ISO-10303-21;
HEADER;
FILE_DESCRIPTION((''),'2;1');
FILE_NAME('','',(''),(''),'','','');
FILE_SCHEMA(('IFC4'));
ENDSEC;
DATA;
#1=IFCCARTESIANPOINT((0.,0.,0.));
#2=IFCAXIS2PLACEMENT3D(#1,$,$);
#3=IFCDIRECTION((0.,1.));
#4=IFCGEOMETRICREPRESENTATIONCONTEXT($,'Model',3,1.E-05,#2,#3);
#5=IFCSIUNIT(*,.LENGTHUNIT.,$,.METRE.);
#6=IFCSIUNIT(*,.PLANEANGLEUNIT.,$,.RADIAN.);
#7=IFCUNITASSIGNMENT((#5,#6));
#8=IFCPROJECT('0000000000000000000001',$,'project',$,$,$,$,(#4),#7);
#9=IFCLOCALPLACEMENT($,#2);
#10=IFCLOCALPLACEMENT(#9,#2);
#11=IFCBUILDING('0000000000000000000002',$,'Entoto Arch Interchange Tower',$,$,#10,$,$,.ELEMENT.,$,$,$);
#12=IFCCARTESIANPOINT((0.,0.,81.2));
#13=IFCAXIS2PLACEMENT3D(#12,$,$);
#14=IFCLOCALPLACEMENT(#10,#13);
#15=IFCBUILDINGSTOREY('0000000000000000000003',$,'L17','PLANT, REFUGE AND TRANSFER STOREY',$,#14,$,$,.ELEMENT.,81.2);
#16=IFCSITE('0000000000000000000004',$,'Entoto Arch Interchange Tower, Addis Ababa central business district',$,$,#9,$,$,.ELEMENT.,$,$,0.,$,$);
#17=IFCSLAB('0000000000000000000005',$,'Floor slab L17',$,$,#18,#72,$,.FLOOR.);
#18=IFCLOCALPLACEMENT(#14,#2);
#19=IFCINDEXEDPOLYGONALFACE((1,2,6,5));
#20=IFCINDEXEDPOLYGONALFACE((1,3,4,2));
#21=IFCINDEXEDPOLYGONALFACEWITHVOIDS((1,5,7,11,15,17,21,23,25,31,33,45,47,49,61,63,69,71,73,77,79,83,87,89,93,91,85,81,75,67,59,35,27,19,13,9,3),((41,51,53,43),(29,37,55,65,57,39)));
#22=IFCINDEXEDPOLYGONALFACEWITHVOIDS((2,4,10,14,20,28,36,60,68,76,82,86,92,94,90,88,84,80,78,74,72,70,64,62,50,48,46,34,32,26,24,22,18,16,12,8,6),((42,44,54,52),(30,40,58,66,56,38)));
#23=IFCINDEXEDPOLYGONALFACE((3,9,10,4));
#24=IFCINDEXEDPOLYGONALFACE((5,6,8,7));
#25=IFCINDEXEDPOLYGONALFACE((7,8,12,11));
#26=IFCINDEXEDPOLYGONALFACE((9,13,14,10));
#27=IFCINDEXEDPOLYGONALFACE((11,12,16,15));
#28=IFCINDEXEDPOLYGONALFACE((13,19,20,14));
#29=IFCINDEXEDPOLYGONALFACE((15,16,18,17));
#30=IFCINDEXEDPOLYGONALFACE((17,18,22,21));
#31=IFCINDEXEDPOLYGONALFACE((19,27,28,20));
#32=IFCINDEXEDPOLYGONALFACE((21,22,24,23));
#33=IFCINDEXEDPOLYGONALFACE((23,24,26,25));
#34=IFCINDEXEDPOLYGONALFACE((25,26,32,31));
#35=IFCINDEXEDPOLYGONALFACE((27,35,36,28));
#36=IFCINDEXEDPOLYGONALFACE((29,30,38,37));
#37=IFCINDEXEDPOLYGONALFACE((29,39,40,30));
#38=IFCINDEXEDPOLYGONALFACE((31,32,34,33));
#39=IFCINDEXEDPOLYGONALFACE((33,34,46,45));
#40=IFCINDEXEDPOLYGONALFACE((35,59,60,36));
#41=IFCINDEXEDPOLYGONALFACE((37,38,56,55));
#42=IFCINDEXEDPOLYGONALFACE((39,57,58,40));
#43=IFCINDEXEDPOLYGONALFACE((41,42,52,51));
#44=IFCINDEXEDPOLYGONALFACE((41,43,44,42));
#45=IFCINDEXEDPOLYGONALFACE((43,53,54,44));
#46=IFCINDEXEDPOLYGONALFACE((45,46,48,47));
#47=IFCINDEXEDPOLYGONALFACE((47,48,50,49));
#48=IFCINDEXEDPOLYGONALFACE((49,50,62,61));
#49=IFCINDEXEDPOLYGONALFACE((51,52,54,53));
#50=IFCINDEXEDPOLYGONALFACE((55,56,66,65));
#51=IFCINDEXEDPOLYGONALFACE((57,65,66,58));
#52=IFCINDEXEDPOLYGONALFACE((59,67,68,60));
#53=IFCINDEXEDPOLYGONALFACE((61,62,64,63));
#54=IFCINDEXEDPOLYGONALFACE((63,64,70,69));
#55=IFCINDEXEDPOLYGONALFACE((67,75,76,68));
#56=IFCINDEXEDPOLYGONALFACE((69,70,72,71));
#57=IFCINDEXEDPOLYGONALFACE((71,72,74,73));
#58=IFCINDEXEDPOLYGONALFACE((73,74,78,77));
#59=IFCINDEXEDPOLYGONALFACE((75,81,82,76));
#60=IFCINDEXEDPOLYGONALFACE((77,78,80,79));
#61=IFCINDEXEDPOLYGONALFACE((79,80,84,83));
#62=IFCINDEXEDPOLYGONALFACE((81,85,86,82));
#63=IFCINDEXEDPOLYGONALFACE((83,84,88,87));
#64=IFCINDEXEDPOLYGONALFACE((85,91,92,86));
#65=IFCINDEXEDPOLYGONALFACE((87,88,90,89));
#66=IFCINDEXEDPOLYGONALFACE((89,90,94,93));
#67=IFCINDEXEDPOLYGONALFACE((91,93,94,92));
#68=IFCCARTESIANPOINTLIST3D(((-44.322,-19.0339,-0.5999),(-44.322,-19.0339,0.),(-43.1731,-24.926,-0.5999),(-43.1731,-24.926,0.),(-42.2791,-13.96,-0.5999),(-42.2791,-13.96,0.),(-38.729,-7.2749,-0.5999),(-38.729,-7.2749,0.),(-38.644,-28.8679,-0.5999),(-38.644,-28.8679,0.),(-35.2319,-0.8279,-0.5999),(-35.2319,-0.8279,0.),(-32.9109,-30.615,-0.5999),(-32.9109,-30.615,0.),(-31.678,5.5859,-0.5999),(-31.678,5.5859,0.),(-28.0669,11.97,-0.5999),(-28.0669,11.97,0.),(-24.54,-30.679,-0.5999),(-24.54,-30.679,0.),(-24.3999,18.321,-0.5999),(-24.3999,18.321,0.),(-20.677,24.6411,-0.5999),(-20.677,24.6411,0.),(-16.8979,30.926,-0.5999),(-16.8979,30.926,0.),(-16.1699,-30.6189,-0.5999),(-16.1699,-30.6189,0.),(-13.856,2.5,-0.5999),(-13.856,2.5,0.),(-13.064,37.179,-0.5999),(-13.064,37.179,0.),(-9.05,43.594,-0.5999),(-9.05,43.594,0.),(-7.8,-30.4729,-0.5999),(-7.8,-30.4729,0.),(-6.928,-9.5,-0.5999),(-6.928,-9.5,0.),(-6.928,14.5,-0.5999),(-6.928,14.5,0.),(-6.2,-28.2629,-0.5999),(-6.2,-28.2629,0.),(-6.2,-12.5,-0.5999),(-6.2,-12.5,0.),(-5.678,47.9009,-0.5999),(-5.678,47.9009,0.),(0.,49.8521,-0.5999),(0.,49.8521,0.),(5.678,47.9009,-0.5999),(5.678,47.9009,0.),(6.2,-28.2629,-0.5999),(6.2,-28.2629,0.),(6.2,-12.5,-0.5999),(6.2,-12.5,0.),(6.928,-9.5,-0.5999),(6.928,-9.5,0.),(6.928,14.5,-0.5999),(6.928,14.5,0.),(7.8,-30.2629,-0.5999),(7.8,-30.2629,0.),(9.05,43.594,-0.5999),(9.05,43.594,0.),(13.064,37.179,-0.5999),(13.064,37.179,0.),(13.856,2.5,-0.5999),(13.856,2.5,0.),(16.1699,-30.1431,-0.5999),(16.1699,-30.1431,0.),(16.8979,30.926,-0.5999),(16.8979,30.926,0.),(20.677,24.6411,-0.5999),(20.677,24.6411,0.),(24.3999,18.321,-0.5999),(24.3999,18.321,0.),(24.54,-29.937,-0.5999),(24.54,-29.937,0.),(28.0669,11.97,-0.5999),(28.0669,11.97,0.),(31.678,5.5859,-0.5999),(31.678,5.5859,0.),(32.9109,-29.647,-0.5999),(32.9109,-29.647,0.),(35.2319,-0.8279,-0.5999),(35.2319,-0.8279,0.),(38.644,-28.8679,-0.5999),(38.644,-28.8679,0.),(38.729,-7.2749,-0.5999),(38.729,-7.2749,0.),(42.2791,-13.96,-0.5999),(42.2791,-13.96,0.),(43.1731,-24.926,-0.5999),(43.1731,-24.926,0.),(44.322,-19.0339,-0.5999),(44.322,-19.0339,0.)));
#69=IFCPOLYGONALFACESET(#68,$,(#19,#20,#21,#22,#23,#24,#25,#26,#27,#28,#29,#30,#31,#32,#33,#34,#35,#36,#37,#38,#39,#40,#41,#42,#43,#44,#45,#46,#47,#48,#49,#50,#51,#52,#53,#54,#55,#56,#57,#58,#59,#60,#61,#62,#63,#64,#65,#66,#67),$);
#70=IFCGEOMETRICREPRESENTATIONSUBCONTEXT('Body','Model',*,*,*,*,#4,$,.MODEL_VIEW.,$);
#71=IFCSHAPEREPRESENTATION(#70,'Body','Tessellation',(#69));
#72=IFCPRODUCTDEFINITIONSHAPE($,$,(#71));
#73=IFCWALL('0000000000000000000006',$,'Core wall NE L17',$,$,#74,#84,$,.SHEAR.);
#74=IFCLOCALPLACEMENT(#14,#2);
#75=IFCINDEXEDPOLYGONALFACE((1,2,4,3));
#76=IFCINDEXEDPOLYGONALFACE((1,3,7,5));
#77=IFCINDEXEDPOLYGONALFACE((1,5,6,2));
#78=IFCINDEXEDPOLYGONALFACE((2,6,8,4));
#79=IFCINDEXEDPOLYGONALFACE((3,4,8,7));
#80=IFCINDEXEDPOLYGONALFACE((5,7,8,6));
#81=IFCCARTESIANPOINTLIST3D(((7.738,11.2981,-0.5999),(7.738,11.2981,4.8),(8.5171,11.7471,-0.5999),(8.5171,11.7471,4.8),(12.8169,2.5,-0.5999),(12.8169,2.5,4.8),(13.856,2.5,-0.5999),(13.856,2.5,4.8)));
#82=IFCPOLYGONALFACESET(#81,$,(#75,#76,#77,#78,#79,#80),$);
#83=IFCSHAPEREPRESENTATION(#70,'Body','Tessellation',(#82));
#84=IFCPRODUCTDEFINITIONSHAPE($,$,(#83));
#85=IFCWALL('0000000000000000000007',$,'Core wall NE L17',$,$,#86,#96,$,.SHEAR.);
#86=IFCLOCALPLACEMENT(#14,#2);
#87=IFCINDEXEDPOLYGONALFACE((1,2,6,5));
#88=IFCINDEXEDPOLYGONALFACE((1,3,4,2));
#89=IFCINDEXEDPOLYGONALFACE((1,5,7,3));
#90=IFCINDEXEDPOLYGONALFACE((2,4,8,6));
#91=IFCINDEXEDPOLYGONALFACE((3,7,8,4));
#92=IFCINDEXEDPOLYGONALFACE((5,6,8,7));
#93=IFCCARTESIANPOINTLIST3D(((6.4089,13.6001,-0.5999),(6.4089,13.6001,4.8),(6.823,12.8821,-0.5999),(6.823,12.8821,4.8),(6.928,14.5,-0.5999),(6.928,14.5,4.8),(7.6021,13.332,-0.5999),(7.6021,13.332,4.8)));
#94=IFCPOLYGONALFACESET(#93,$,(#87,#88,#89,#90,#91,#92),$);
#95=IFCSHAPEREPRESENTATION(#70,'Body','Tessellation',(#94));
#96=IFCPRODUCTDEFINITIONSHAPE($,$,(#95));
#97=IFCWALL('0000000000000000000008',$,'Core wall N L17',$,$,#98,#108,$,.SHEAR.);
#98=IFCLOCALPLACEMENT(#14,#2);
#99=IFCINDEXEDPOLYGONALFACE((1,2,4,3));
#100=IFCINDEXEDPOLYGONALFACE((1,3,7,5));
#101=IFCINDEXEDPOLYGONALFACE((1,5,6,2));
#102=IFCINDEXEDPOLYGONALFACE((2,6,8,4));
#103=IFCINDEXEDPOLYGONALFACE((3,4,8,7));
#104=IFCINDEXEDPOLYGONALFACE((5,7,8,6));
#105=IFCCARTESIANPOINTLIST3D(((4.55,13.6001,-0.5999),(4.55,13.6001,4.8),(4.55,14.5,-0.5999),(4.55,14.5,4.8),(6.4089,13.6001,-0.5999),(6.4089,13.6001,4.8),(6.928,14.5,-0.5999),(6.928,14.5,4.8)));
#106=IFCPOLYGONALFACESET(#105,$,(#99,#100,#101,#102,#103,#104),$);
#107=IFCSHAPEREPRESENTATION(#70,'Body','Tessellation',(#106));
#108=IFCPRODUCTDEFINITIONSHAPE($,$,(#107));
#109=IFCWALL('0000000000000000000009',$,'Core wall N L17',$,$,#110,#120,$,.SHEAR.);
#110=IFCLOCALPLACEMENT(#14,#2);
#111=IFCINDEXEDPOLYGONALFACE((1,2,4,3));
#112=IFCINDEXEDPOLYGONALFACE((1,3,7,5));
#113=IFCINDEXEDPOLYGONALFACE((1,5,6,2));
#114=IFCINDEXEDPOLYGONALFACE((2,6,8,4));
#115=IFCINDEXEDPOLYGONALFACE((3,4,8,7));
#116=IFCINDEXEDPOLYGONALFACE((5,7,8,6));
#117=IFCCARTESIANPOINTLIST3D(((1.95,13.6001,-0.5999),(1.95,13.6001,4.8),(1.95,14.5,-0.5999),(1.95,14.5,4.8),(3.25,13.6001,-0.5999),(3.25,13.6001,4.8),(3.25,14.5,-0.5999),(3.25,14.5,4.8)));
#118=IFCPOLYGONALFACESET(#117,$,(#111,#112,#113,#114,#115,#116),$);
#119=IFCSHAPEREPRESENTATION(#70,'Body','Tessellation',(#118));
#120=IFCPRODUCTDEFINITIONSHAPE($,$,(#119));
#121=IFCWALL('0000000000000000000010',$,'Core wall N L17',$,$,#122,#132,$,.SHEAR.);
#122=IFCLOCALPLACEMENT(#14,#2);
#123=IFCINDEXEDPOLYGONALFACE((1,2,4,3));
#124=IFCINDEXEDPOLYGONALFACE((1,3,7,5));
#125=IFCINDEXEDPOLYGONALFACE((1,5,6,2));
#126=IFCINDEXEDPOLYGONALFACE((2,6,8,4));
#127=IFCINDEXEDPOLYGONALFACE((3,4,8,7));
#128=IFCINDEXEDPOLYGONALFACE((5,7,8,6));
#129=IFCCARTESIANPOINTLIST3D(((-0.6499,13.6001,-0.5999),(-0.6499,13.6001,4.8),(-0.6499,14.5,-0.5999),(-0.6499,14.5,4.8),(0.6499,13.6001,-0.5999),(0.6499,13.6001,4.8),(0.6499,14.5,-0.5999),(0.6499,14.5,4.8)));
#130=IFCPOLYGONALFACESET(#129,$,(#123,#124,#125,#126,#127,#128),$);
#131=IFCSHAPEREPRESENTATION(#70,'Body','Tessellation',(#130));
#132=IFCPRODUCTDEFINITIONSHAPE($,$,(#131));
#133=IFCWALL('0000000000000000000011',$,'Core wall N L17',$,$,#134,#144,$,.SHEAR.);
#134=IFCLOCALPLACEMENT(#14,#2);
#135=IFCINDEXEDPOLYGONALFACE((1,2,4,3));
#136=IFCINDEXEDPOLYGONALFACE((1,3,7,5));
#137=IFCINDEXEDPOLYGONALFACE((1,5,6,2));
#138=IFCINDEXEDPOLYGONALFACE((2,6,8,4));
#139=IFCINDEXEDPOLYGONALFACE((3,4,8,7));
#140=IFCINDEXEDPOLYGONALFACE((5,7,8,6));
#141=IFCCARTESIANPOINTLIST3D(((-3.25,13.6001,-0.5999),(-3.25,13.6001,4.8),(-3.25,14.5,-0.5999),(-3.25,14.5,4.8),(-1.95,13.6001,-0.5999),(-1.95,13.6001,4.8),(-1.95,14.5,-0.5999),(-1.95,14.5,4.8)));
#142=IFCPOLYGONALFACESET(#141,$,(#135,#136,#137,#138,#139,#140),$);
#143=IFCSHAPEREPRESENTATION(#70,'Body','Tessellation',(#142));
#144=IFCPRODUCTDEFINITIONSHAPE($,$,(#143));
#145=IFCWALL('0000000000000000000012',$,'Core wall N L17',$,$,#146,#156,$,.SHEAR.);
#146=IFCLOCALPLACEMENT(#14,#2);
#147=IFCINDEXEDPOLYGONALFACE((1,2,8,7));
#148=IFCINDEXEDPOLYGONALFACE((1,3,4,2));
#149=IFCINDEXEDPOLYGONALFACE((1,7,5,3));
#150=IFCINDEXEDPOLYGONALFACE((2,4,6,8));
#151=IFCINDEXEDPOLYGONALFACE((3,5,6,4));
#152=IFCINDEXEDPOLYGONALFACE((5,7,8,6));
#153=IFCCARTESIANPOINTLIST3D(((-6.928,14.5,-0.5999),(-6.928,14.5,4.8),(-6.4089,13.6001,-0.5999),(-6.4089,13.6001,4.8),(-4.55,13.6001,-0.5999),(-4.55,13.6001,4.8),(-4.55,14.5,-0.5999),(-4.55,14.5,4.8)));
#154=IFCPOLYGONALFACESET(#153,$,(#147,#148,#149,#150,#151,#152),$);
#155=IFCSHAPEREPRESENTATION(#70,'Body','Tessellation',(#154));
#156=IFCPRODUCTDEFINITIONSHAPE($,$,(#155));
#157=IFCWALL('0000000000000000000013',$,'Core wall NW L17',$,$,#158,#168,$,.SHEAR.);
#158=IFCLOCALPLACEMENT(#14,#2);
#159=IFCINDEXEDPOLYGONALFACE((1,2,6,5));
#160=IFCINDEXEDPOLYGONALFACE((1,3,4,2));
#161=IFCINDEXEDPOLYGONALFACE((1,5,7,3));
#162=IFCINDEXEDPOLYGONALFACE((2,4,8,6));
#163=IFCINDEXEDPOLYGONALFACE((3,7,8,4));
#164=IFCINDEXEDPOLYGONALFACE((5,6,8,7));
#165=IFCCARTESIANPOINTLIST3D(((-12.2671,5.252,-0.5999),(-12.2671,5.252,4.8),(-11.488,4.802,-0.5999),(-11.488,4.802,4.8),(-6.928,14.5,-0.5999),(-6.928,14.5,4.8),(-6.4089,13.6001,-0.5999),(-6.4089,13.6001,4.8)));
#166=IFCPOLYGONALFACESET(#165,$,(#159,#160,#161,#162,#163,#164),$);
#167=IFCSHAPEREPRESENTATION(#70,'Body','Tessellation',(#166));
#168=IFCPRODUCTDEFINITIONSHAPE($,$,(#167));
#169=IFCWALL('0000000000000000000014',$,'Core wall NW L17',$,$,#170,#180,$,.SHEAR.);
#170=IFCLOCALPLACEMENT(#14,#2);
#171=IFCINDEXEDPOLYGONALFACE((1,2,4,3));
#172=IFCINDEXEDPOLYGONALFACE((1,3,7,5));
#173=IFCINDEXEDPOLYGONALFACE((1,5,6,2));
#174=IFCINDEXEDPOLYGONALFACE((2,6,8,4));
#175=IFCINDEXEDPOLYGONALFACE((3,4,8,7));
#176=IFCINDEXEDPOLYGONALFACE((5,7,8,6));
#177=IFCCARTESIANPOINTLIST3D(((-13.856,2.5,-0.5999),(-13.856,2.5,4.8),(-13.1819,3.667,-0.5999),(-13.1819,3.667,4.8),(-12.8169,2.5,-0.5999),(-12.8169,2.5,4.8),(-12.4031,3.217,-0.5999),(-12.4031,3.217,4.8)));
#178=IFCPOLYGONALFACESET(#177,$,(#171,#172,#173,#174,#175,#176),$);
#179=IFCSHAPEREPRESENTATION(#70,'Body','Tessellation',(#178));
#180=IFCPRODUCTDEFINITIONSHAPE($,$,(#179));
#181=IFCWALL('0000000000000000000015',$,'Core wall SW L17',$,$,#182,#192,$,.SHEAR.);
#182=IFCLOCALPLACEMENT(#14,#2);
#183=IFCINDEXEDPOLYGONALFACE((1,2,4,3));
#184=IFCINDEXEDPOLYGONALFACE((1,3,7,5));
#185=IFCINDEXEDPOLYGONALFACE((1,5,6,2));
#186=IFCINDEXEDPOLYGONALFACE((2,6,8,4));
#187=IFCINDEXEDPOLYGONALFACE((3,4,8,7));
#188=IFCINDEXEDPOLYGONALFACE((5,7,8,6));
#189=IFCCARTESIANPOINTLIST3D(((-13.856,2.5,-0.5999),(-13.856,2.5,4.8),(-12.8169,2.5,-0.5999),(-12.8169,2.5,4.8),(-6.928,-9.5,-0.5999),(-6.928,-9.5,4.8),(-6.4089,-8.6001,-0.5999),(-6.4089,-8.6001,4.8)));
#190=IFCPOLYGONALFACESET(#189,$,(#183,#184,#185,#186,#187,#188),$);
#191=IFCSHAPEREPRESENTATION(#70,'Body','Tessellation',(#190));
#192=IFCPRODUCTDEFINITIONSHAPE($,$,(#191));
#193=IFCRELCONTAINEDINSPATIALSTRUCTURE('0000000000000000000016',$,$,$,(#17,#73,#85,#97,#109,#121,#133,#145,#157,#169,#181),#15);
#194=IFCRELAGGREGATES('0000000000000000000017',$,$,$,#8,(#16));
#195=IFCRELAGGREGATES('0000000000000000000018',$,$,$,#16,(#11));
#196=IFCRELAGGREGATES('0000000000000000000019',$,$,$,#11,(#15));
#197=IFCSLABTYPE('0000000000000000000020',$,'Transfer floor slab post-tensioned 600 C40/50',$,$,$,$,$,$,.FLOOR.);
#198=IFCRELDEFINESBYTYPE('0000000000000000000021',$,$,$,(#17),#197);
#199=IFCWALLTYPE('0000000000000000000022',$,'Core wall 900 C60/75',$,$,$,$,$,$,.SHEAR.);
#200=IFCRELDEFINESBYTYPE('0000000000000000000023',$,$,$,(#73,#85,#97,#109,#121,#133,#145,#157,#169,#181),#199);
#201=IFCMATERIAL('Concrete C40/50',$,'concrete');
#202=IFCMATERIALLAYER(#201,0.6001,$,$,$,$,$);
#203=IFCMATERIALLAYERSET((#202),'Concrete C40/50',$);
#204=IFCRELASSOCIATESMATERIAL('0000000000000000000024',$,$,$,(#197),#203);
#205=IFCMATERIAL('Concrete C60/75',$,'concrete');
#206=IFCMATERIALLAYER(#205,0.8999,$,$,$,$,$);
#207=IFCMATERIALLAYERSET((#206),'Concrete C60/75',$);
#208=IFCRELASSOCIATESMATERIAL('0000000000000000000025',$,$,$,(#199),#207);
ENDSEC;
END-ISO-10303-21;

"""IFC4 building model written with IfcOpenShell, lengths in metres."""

from ifc_helpers import new_model, si_unit, direction, frame, origin, place, context, subcontext, project, spatial, polyline, outline, extrude, material, layer, layer_set, type_object, element, save


model = new_model("IFC4")

# Units and contexts
model_context = context("Model", 3, precision=1e-05, world=origin(), true_north=direction((0.0, 1.0)))
body_context = subcontext(model_context, "Body", "Model", "MODEL_VIEW")
ifc_project = project(units=[si_unit("LENGTHUNIT", "METRE"), si_unit("PLANEANGLEUNIT", "RADIAN")], contexts=[model_context])

# Site, building, storey
site_placement = place(None, origin())
site = spatial("IfcSite", under=ifc_project, at=site_placement, Name="Entoto Arch Interchange Tower, Addis Ababa central business district", CompositionType="ELEMENT", RefElevation=0.0)
building_placement = place(site_placement, origin())
building = spatial("IfcBuilding", under=site, at=building_placement, Name="Entoto Arch Interchange Tower", CompositionType="ELEMENT")
storey_placement = place(building_placement, frame((0.0, 0.0, 81.2)))
storey = spatial("IfcBuildingStorey", under=building, at=storey_placement, Name="L17", Description="PLANT, REFUGE AND TRANSFER STOREY", CompositionType="ELEMENT", Elevation=81.2)

# Slab
ifc_material_1 = material(Name="Concrete C40/50", Category="concrete")
ifc_layer_1 = layer(ifc_material_1, 0.6001)
ifc_layer_set_1 = layer_set([ifc_layer_1], Name="Concrete C40/50")
slab_type = type_object("IfcSlabType", Name="Transfer floor slab post-tensioned 600 C40/50", PredefinedType="FLOOR", material=ifc_layer_set_1)
slab_placement = place(storey_placement, frame((0.0, 0.0, -0.5999)))
element("IfcSlab", 1, at=slab_placement, inside=storey, type_object=slab_type, Name="Floor slab L17", PredefinedType="FLOOR", context=body_context, shape_type="SweptSolid", body=[
    extrude(outline(polyline([(-32.9109, -30.615), (-24.54, -30.679), (-16.1699, -30.6189), (-7.8, -30.4729), (7.8, -30.2629), (16.1699, -30.1431), (24.54, -29.937), (32.9109, -29.647), (38.644, -28.8679), (43.1731, -24.926), (44.322, -19.0339), (42.2791, -13.96), (38.729, -7.2749), (35.2319, -0.8279), (31.678, 5.5859), (28.0669, 11.97), (24.3999, 18.321), (20.677, 24.6411), (16.8979, 30.926), (13.064, 37.179), (9.05, 43.594), (5.678, 47.9009), (0.0, 49.8521), (-5.678, 47.9009), (-9.05, 43.594), (-13.064, 37.179), (-16.8979, 30.926), (-20.677, 24.6411), (-24.3999, 18.321), (-28.0669, 11.97), (-31.678, 5.5859), (-35.2319, -0.8279), (-38.729, -7.2749), (-42.2791, -13.96), (-44.322, -19.0339), (-43.1731, -24.926), (-38.644, -28.8679), (-32.9109, -30.615)]), holes=[polyline([(6.2, -28.2629), (6.2, -12.5), (-6.2, -12.5), (-6.2, -28.2629), (6.2, -28.2629)]), polyline([(13.856, 2.5), (6.928, 14.5), (-6.928, 14.5), (-13.856, 2.5), (-6.928, -9.5), (6.928, -9.5), (13.856, 2.5)])]), origin(), (0.0, 0.0, 1.0), 0.5999),
])

# Walls
ifc_material_2 = material(Name="Concrete C60/75", Category="concrete")
ifc_layer_2 = layer(ifc_material_2, 0.8999)
ifc_layer_set_2 = layer_set([ifc_layer_2], Name="Concrete C60/75")
wall_type = type_object("IfcWallType", Name="Core wall 900 C60/75", PredefinedType="SHEAR", material=ifc_layer_set_2)
wall_1_placement = place(storey_placement, frame((0.0, 0.0, -0.5999)))
element("IfcWall", 2, at=wall_1_placement, inside=storey, type_object=wall_type, Name="Core wall NE L17", PredefinedType="SHEAR", context=body_context, shape_type="SweptSolid", body=[
    extrude(outline(polyline([(8.5171, 11.7471), (7.738, 11.2981), (12.8169, 2.5), (13.856, 2.5), (8.5171, 11.7471)])), origin(), (0.0, 0.0, 1.0), 5.3999),
])
wall_2_placement = place(storey_placement, frame((0.0, 0.0, -0.5999)))
element("IfcWall", 3, at=wall_2_placement, inside=storey, type_object=wall_type, Name="Core wall NE L17", PredefinedType="SHEAR", context=body_context, shape_type="SweptSolid", body=[
    extrude(outline(polyline([(6.823, 12.8821), (7.6021, 13.332), (6.928, 14.5), (6.4089, 13.6001), (6.823, 12.8821)])), origin(), (0.0, 0.0, 1.0), 5.3999),
])
wall_3_placement = place(storey_placement, frame((0.0, 0.0, -0.5999)))
element("IfcWall", 4, at=wall_3_placement, inside=storey, type_object=wall_type, Name="Core wall N L17", PredefinedType="SHEAR", context=body_context, shape_type="SweptSolid", body=[
    extrude(outline(polyline([(4.55, 14.5), (4.55, 13.6001), (6.4089, 13.6001), (6.928, 14.5), (4.55, 14.5)])), origin(), (0.0, 0.0, 1.0), 5.3999),
])
wall_4_placement = place(storey_placement, frame((0.0, 0.0, -0.5999)))
element("IfcWall", 5, at=wall_4_placement, inside=storey, type_object=wall_type, Name="Core wall N L17", PredefinedType="SHEAR", context=body_context, shape_type="SweptSolid", body=[
    extrude(outline(polyline([(1.95, 14.5), (1.95, 13.6001), (3.25, 13.6001), (3.25, 14.5), (1.95, 14.5)])), origin(), (0.0, 0.0, 1.0), 5.3999),
])
wall_5_placement = place(storey_placement, frame((0.0, 0.0, -0.5999)))
element("IfcWall", 6, at=wall_5_placement, inside=storey, type_object=wall_type, Name="Core wall N L17", PredefinedType="SHEAR", context=body_context, shape_type="SweptSolid", body=[
    extrude(outline(polyline([(-0.6499, 14.5), (-0.6499, 13.6001), (0.6499, 13.6001), (0.6499, 14.5), (-0.6499, 14.5)])), origin(), (0.0, 0.0, 1.0), 5.3999),
])
wall_6_placement = place(storey_placement, frame((0.0, 0.0, -0.5999)))
element("IfcWall", 7, at=wall_6_placement, inside=storey, type_object=wall_type, Name="Core wall N L17", PredefinedType="SHEAR", context=body_context, shape_type="SweptSolid", body=[
    extrude(outline(polyline([(-3.25, 14.5), (-3.25, 13.6001), (-1.95, 13.6001), (-1.95, 14.5), (-3.25, 14.5)])), origin(), (0.0, 0.0, 1.0), 5.3999),
])
wall_7_placement = place(storey_placement, frame((0.0, 0.0, -0.5999)))
element("IfcWall", 8, at=wall_7_placement, inside=storey, type_object=wall_type, Name="Core wall N L17", PredefinedType="SHEAR", context=body_context, shape_type="SweptSolid", body=[
    extrude(outline(polyline([(-4.55, 13.6001), (-4.55, 14.5), (-6.928, 14.5), (-6.4089, 13.6001), (-4.55, 13.6001)])), origin(), (0.0, 0.0, 1.0), 5.3999),
])
wall_8_placement = place(storey_placement, frame((0.0, 0.0, -0.5999)))
element("IfcWall", 9, at=wall_8_placement, inside=storey, type_object=wall_type, Name="Core wall NW L17", PredefinedType="SHEAR", context=body_context, shape_type="SweptSolid", body=[
    extrude(outline(polyline([(-12.2671, 5.252), (-11.488, 4.802), (-6.4089, 13.6001), (-6.928, 14.5), (-12.2671, 5.252)])), origin(), (0.0, 0.0, 1.0), 5.3999),
])
wall_9_placement = place(storey_placement, frame((0.0, 0.0, -0.5999)))
element("IfcWall", 10, at=wall_9_placement, inside=storey, type_object=wall_type, Name="Core wall NW L17", PredefinedType="SHEAR", context=body_context, shape_type="SweptSolid", body=[
    extrude(outline(polyline([(-12.4031, 3.217), (-13.1819, 3.667), (-13.856, 2.5), (-12.8169, 2.5), (-12.4031, 3.217)])), origin(), (0.0, 0.0, 1.0), 5.3999),
])
wall_10_placement = place(storey_placement, frame((0.0, 0.0, -0.5999)))
element("IfcWall", 11, at=wall_10_placement, inside=storey, type_object=wall_type, Name="Core wall SW L17", PredefinedType="SHEAR", context=body_context, shape_type="SweptSolid", body=[
    extrude(outline(polyline([(-13.856, 2.5), (-6.928, -9.5), (-6.4089, -8.6001), (-12.8169, 2.5), (-13.856, 2.5)])), origin(), (0.0, 0.0, 1.0), 5.3999),
])

save(model, "model.ifc")
